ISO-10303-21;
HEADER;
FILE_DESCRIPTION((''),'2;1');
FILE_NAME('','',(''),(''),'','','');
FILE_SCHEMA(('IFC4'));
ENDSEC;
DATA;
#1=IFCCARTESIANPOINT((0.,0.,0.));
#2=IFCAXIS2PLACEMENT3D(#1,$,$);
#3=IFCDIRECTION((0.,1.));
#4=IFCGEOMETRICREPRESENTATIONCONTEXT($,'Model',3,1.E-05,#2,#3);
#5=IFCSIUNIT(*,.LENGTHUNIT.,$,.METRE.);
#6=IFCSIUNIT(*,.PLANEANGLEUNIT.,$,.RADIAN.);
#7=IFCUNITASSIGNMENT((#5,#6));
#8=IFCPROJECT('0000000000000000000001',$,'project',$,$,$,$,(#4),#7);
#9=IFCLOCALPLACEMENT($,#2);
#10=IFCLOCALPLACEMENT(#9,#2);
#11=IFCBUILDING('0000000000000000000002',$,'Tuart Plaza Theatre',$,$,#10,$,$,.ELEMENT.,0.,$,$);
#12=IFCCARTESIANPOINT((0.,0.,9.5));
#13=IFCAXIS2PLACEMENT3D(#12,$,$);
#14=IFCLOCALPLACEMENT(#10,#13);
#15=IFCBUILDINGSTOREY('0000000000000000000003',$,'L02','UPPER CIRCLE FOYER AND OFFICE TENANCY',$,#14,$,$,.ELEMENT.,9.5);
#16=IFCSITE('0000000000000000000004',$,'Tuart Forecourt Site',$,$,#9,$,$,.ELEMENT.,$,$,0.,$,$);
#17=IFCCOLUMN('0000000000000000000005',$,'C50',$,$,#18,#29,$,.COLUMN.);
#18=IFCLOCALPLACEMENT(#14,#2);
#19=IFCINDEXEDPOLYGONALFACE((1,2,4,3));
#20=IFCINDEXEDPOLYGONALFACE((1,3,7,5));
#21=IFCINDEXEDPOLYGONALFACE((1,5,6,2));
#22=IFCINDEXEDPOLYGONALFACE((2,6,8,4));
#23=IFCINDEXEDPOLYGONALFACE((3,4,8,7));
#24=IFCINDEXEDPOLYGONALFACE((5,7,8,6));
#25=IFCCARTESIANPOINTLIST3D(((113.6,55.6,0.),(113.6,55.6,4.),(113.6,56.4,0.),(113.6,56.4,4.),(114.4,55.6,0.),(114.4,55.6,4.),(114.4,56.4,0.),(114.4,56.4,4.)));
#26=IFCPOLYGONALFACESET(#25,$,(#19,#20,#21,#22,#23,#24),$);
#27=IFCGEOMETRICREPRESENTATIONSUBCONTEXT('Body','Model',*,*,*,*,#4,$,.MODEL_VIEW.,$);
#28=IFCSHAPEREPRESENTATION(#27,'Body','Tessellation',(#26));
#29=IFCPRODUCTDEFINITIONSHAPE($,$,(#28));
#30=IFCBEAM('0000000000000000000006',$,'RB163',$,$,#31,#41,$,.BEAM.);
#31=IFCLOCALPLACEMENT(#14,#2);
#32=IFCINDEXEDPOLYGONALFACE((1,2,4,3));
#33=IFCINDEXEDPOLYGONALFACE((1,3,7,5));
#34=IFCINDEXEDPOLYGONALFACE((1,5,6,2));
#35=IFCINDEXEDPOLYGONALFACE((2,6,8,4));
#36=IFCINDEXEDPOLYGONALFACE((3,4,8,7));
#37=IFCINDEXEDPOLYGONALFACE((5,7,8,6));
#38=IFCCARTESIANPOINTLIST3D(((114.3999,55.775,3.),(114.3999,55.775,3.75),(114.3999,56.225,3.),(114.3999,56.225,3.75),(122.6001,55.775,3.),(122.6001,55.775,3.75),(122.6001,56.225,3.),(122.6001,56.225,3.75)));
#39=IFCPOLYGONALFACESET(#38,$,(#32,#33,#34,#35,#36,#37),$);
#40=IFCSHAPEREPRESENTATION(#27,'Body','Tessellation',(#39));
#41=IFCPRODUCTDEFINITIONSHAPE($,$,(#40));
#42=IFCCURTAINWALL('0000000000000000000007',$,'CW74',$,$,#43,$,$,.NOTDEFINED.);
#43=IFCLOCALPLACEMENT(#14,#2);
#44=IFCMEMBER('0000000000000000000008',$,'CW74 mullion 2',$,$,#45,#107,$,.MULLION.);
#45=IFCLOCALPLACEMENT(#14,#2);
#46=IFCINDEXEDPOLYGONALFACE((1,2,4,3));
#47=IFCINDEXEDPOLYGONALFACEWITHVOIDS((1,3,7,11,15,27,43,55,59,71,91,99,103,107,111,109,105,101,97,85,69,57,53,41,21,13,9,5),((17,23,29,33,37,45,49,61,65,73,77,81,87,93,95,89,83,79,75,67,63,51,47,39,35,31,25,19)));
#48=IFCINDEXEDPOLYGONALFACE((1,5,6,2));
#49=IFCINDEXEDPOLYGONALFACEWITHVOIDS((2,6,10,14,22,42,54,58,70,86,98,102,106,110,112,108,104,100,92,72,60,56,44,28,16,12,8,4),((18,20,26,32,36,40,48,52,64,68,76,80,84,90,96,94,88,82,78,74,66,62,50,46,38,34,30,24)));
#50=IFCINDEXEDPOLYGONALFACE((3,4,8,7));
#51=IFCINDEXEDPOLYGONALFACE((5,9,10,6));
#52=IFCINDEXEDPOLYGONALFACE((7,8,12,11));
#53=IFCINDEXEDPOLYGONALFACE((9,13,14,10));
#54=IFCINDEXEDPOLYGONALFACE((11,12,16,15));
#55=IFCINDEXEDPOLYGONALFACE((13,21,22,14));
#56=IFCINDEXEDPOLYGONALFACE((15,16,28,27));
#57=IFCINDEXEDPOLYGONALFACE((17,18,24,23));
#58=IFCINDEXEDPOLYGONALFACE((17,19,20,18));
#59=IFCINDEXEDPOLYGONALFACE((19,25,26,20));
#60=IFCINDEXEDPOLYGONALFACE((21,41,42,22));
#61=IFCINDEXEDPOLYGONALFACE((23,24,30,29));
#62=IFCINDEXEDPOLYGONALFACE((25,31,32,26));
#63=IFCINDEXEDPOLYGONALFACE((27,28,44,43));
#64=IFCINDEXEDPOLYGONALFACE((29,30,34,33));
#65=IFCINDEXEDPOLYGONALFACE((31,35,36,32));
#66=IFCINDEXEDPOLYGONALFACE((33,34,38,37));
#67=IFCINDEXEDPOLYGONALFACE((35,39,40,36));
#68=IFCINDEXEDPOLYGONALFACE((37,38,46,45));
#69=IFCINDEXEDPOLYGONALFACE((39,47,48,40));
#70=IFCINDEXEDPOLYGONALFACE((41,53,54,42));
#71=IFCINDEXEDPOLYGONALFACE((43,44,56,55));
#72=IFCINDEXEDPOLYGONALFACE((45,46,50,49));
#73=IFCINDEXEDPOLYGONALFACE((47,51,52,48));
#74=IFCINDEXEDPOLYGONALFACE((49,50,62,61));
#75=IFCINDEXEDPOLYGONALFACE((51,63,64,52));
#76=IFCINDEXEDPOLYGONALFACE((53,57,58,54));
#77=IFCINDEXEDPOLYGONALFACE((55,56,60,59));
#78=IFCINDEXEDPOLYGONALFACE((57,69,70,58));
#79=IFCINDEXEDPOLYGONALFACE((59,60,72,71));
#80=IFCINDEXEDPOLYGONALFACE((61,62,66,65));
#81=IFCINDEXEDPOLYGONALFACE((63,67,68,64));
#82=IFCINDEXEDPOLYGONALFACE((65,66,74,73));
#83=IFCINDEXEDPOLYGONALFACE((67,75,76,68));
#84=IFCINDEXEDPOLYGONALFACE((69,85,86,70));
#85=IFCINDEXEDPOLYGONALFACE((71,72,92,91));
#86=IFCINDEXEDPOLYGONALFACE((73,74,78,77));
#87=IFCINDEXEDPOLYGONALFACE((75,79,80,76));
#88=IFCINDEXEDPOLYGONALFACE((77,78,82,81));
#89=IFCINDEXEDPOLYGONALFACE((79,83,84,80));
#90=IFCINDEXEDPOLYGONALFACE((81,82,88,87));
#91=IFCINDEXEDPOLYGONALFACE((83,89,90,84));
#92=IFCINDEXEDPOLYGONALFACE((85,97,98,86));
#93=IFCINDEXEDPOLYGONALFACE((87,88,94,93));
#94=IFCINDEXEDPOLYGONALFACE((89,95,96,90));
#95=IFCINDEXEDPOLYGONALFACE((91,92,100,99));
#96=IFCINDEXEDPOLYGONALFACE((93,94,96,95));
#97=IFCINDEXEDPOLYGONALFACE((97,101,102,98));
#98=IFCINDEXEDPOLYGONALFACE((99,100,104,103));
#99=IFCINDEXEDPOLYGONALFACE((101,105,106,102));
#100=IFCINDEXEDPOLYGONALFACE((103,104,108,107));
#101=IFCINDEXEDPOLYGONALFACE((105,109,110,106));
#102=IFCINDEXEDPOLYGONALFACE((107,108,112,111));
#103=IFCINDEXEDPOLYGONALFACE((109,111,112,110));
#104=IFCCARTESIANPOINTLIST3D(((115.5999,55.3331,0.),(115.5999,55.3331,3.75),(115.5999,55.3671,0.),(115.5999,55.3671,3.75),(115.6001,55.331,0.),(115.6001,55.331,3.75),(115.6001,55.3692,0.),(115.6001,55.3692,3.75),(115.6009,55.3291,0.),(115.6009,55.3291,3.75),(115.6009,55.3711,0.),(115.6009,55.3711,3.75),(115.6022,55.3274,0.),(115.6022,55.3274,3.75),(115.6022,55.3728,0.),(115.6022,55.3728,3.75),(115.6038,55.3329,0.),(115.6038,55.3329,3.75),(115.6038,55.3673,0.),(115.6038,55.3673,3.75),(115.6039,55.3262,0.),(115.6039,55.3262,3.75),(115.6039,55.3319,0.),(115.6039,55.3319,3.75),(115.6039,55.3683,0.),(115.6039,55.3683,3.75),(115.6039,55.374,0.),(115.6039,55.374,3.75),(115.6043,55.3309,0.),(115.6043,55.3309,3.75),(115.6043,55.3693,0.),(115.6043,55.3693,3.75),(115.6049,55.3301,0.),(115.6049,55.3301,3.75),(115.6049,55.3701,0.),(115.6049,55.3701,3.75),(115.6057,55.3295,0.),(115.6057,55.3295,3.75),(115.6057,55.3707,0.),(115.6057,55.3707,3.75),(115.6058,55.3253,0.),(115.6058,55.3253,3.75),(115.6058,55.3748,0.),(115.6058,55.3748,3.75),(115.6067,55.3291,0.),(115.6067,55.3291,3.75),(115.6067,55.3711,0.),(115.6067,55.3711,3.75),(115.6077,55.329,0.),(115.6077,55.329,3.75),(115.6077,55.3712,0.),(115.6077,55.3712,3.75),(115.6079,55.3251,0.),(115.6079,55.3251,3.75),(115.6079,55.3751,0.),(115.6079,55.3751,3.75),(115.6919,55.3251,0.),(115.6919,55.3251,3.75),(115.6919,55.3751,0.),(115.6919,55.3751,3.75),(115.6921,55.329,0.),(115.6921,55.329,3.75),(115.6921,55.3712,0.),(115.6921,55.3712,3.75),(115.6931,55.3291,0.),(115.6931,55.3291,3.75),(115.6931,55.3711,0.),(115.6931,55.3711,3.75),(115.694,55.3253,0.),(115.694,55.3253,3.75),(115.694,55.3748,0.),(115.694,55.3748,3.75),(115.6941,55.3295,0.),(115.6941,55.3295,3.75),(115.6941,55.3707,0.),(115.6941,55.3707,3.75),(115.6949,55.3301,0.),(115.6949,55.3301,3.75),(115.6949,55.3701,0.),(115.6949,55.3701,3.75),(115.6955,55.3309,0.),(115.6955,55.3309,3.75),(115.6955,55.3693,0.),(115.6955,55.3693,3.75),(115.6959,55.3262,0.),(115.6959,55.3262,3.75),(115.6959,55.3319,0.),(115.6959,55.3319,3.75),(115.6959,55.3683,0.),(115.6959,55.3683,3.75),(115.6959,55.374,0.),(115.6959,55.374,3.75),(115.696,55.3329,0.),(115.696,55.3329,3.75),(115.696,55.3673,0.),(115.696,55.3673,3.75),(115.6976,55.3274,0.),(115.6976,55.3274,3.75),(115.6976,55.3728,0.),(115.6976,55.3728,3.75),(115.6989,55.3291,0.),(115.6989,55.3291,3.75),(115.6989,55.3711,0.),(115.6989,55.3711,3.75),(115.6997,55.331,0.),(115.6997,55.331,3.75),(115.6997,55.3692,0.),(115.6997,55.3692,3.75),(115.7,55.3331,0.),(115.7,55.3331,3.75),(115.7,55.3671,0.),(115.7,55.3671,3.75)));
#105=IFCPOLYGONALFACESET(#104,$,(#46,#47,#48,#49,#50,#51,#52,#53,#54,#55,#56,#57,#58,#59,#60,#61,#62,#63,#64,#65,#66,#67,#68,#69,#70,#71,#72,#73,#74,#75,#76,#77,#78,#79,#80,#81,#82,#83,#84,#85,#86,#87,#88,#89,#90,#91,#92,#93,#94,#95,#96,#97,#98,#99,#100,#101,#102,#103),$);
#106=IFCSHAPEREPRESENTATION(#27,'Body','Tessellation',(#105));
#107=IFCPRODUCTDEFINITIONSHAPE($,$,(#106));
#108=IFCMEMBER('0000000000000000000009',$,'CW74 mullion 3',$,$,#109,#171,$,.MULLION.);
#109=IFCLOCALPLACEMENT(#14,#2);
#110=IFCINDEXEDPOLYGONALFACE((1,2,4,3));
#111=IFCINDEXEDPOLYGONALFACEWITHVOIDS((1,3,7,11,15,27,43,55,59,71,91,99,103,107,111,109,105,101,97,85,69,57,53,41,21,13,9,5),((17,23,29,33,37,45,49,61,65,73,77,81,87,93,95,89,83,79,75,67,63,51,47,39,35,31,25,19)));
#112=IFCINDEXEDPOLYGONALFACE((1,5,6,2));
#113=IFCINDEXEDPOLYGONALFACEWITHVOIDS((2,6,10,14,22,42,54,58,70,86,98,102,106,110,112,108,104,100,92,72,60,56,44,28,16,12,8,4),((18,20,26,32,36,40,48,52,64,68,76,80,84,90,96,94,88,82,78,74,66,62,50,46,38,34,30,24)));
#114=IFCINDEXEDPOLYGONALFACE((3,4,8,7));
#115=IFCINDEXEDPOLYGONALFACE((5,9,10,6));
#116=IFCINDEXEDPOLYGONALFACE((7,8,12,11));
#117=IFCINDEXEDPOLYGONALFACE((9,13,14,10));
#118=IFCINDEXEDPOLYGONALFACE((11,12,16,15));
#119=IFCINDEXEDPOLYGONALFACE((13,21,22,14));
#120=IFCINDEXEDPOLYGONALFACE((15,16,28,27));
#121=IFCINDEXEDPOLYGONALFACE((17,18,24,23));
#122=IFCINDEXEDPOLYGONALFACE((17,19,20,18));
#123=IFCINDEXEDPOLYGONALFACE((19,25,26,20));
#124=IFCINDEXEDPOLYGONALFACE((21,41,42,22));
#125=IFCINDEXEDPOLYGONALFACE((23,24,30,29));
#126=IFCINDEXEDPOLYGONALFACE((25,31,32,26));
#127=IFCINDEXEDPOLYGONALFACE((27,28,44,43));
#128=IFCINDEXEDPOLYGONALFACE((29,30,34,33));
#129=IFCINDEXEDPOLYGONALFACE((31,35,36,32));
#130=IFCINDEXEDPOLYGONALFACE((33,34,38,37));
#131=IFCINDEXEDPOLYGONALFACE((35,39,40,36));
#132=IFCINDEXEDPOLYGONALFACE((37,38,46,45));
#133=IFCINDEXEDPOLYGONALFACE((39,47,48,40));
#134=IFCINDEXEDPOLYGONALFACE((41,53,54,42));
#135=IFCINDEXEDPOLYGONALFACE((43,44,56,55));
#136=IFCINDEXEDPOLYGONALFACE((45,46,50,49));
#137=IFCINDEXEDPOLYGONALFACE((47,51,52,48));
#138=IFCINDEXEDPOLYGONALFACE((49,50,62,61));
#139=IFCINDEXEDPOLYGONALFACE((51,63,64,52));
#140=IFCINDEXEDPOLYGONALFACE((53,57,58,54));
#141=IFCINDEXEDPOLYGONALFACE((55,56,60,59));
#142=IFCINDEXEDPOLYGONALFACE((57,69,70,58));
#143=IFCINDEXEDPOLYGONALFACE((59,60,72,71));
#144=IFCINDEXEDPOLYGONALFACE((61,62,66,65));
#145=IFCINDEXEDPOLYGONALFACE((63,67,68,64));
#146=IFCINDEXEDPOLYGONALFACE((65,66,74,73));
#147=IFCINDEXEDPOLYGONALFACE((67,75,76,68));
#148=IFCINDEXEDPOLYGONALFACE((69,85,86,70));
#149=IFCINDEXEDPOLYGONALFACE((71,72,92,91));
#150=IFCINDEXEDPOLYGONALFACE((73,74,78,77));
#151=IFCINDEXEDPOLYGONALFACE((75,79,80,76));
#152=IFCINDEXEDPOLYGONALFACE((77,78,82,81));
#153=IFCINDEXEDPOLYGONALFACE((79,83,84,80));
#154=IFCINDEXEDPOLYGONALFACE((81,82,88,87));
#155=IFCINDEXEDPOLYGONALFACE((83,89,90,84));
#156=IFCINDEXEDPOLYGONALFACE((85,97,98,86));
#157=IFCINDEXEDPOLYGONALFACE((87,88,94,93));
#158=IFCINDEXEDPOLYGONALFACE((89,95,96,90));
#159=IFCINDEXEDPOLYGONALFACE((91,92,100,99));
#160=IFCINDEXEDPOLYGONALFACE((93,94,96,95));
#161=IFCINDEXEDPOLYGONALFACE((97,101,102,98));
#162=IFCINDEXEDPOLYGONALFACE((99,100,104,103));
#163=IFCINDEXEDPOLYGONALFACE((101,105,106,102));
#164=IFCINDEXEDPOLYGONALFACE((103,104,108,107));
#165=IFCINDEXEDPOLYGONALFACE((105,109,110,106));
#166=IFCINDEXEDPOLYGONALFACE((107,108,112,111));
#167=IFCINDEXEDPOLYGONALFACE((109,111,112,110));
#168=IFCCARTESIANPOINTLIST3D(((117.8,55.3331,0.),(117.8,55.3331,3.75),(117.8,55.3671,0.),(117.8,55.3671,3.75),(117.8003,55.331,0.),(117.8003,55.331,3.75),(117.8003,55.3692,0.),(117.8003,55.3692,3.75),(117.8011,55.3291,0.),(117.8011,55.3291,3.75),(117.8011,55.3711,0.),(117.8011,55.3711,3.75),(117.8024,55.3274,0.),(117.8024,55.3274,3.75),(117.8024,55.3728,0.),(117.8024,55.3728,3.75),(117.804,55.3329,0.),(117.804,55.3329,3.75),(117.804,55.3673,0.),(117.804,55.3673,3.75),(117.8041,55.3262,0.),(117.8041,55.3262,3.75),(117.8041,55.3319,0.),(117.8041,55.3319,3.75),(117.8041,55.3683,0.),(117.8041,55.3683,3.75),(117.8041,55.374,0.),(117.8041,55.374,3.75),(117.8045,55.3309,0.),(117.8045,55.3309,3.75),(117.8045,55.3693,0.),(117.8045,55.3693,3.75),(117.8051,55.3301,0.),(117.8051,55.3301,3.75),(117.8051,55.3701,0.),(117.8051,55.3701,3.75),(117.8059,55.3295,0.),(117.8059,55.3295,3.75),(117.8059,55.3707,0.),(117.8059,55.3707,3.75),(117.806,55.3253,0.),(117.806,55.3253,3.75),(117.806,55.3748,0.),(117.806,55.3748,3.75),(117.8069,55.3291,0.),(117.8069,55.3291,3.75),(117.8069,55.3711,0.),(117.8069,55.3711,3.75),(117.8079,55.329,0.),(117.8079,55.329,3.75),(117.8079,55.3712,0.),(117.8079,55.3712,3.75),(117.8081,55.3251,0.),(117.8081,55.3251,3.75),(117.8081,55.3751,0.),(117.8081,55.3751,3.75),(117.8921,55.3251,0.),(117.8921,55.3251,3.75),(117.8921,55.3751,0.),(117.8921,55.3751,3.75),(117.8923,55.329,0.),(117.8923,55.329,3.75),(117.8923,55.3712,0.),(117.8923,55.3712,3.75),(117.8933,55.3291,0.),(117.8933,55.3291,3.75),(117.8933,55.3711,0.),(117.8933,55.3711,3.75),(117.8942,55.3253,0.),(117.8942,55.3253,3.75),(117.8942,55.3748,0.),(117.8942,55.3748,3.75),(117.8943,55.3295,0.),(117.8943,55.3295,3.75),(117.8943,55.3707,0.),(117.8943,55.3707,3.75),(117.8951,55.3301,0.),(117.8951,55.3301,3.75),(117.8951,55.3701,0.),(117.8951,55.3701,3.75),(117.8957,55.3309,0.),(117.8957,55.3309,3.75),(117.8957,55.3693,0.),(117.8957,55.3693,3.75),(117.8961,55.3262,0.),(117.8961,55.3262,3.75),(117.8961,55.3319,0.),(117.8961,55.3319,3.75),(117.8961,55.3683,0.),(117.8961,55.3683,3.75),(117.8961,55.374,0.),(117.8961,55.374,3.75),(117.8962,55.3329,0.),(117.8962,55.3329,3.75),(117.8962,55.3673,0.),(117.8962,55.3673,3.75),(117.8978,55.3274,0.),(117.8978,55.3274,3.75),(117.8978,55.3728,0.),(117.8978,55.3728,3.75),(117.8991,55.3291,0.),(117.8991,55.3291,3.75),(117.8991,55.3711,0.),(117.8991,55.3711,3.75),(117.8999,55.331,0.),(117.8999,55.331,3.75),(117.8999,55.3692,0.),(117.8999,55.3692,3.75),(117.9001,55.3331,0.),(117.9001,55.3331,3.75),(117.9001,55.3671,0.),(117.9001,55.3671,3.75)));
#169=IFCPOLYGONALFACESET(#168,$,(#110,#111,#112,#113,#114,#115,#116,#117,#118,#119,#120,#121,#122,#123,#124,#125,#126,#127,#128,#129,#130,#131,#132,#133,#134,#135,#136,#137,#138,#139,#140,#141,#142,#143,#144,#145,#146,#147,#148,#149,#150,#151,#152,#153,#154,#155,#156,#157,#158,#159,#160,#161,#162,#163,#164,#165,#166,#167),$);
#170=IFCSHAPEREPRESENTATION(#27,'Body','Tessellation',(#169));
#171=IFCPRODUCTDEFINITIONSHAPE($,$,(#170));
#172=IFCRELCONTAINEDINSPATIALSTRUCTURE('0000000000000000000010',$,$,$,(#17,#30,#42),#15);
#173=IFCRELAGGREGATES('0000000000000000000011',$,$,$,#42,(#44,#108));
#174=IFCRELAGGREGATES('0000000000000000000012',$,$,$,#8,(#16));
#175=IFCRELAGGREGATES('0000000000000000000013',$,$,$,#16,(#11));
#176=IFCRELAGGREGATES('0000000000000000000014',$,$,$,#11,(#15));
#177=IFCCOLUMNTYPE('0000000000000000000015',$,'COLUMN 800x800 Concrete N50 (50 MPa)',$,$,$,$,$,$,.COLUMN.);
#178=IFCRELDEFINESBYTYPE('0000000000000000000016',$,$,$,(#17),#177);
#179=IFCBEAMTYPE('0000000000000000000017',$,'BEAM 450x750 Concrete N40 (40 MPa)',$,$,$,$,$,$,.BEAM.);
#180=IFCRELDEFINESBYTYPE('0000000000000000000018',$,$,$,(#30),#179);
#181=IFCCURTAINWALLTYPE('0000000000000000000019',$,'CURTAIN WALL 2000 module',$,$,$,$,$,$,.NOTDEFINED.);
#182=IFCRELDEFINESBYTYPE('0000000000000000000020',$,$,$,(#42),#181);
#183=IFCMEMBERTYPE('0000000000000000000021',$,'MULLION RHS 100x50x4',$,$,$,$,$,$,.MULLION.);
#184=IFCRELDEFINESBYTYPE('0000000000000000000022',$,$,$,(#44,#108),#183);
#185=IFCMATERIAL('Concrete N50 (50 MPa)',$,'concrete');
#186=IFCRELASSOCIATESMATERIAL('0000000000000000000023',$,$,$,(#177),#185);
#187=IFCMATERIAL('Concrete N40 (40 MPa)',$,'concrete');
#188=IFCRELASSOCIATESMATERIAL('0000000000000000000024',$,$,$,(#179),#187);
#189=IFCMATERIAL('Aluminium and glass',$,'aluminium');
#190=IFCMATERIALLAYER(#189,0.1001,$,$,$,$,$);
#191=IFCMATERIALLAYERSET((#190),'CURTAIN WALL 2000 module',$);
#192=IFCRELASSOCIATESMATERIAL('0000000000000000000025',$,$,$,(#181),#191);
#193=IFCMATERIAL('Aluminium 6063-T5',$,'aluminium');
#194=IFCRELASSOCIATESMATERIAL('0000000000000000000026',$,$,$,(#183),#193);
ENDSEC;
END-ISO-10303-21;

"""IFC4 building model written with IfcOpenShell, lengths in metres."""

from ifc_helpers import new_model, si_unit, direction, frame, origin, origin_2d, place, context, subcontext, project, spatial, rectangle, hollow_rectangle, extrude, material, layer, layer_set, material_profile, profile_set, type_object, element, aggregate, save


model = new_model("IFC4")

# Units and contexts
model_context = context("Model", 3, precision=1e-05, world=origin(), true_north=direction((0.0, 1.0)))
body_context = subcontext(model_context, "Body", "Model", "MODEL_VIEW")
ifc_project = project(units=[si_unit("LENGTHUNIT", "METRE"), si_unit("PLANEANGLEUNIT", "RADIAN")], contexts=[model_context])

# Site, building, storey
site_placement = place(None, origin())
site = spatial("IfcSite", under=ifc_project, at=site_placement, Name="Tuart Forecourt Site", CompositionType="ELEMENT", RefElevation=0.0)
building_placement = place(site_placement, origin())
building = spatial("IfcBuilding", under=site, at=building_placement, Name="Tuart Plaza Theatre", CompositionType="ELEMENT", ElevationOfRefHeight=0.0)
storey_placement = place(building_placement, frame((0.0, 0.0, 9.5)))
storey = spatial("IfcBuildingStorey", under=building, at=storey_placement, Name="L02", Description="UPPER CIRCLE FOYER AND OFFICE TENANCY", CompositionType="ELEMENT", Elevation=9.5)

# Column
ifc_material_1 = material(Name="Concrete N50 (50 MPa)", Category="concrete")
ifc_material_profile_1 = material_profile(ifc_material_1, rectangle(XDim=0.8, YDim=0.8, at=origin_2d()), Name="COLUMN 800x800 Concrete N50 (50 MPa)")
ifc_profile_set_1 = profile_set([ifc_material_profile_1], Name="Concrete N50 (50 MPa)")
column_type = type_object("IfcColumnType", Name="COLUMN 800x800 Concrete N50 (50 MPa)", PredefinedType="COLUMN", material=ifc_profile_set_1)
column_placement = place(storey_placement, frame((114.0, 56.0, 0.0), z_axis=(0.0, 0.0, 1.0), x_axis=(1.0, 0.0, 0.0)))
element("IfcColumn", 1, at=column_placement, inside=storey, type_object=column_type, Name="C50", PredefinedType="COLUMN", context=body_context, shape_type="SweptSolid", body=[
    extrude(rectangle(XDim=0.8, YDim=0.8, at=origin_2d()), origin(), (0.0, 0.0, 1.0), 4.0),
])

# Beam
ifc_material_2 = material(Name="Concrete N40 (40 MPa)", Category="concrete")
ifc_material_profile_2 = material_profile(ifc_material_2, rectangle(XDim=0.45, YDim=0.75, at=origin_2d()), Name="BEAM 450x750 Concrete N40 (40 MPa)")
ifc_profile_set_2 = profile_set([ifc_material_profile_2], Name="Concrete N40 (40 MPa)")
beam_type = type_object("IfcBeamType", Name="BEAM 450x750 Concrete N40 (40 MPa)", PredefinedType="BEAM", material=ifc_profile_set_2)
beam_placement = place(storey_placement, frame((114.3999, 56.0, 3.375), z_axis=(1.0, 0.0, 0.0), x_axis=(0.0, 1.0, 0.0)))
element("IfcBeam", 2, at=beam_placement, inside=storey, type_object=beam_type, Name="RB163", PredefinedType="BEAM", context=body_context, shape_type="SweptSolid", body=[
    extrude(rectangle(XDim=0.45, YDim=0.75, at=origin_2d()), origin(), (0.0, 0.0, 1.0), 8.2002),
])

# Curtain wall, members
ifc_material_3 = material(Name="Aluminium and glass", Category="aluminium")
ifc_layer_1 = layer(ifc_material_3, 0.1001)
ifc_layer_set_1 = layer_set([ifc_layer_1], Name="CURTAIN WALL 2000 module")
curtain_wall_type = type_object("IfcCurtainWallType", Name="CURTAIN WALL 2000 module", PredefinedType="NOTDEFINED", material=ifc_layer_set_1)
curtain_wall_placement = place(storey_placement, origin())
curtain_wall = element("IfcCurtainWall", 3, at=curtain_wall_placement, inside=storey, type_object=curtain_wall_type, Name="CW74", PredefinedType="NOTDEFINED")
ifc_material_4 = material(Name="Aluminium 6063-T5", Category="aluminium")
ifc_material_profile_3 = material_profile(ifc_material_4, hollow_rectangle(XDim=0.05, YDim=0.1001, WallThickness=0.0039, InnerFilletRadius=0.0039, OuterFilletRadius=0.0081, at=origin_2d()), Name="RHS 100x50x4")
ifc_profile_set_3 = profile_set([ifc_material_profile_3], Name="Aluminium 6063-T5")
member_type_1 = type_object("IfcMemberType", Name="MULLION RHS 100x50x4", PredefinedType="MULLION", material=ifc_profile_set_3)
member_1_placement = place(storey_placement, frame((115.6499, 55.3501, 0.0), z_axis=(0.0, 0.0, 1.0), x_axis=(0.0, 1.0, 0.0)))
member_1 = element("IfcMember", 4, at=member_1_placement, type_object=member_type_1, Name="CW74 mullion 2", PredefinedType="MULLION", context=body_context, shape_type="SweptSolid", body=[
    extrude(hollow_rectangle(XDim=0.05, YDim=0.1001, WallThickness=0.0039, InnerFilletRadius=0.0039, OuterFilletRadius=0.0081, at=origin_2d()), origin(), (0.0, 0.0, 1.0), 3.75),
])
member_2_placement = place(storey_placement, frame((117.8501, 55.3501, 0.0), z_axis=(0.0, 0.0, 1.0), x_axis=(0.0, 1.0, 0.0)))
member_2 = element("IfcMember", 5, at=member_2_placement, type_object=member_type_1, Name="CW74 mullion 3", PredefinedType="MULLION", context=body_context, shape_type="SweptSolid", body=[
    extrude(hollow_rectangle(XDim=0.05, YDim=0.1001, WallThickness=0.0039, InnerFilletRadius=0.0039, OuterFilletRadius=0.0081, at=origin_2d()), origin(), (0.0, 0.0, 1.0), 3.75),
])
aggregate(curtain_wall, [member_1, member_2])

save(model, "model.ifc")
